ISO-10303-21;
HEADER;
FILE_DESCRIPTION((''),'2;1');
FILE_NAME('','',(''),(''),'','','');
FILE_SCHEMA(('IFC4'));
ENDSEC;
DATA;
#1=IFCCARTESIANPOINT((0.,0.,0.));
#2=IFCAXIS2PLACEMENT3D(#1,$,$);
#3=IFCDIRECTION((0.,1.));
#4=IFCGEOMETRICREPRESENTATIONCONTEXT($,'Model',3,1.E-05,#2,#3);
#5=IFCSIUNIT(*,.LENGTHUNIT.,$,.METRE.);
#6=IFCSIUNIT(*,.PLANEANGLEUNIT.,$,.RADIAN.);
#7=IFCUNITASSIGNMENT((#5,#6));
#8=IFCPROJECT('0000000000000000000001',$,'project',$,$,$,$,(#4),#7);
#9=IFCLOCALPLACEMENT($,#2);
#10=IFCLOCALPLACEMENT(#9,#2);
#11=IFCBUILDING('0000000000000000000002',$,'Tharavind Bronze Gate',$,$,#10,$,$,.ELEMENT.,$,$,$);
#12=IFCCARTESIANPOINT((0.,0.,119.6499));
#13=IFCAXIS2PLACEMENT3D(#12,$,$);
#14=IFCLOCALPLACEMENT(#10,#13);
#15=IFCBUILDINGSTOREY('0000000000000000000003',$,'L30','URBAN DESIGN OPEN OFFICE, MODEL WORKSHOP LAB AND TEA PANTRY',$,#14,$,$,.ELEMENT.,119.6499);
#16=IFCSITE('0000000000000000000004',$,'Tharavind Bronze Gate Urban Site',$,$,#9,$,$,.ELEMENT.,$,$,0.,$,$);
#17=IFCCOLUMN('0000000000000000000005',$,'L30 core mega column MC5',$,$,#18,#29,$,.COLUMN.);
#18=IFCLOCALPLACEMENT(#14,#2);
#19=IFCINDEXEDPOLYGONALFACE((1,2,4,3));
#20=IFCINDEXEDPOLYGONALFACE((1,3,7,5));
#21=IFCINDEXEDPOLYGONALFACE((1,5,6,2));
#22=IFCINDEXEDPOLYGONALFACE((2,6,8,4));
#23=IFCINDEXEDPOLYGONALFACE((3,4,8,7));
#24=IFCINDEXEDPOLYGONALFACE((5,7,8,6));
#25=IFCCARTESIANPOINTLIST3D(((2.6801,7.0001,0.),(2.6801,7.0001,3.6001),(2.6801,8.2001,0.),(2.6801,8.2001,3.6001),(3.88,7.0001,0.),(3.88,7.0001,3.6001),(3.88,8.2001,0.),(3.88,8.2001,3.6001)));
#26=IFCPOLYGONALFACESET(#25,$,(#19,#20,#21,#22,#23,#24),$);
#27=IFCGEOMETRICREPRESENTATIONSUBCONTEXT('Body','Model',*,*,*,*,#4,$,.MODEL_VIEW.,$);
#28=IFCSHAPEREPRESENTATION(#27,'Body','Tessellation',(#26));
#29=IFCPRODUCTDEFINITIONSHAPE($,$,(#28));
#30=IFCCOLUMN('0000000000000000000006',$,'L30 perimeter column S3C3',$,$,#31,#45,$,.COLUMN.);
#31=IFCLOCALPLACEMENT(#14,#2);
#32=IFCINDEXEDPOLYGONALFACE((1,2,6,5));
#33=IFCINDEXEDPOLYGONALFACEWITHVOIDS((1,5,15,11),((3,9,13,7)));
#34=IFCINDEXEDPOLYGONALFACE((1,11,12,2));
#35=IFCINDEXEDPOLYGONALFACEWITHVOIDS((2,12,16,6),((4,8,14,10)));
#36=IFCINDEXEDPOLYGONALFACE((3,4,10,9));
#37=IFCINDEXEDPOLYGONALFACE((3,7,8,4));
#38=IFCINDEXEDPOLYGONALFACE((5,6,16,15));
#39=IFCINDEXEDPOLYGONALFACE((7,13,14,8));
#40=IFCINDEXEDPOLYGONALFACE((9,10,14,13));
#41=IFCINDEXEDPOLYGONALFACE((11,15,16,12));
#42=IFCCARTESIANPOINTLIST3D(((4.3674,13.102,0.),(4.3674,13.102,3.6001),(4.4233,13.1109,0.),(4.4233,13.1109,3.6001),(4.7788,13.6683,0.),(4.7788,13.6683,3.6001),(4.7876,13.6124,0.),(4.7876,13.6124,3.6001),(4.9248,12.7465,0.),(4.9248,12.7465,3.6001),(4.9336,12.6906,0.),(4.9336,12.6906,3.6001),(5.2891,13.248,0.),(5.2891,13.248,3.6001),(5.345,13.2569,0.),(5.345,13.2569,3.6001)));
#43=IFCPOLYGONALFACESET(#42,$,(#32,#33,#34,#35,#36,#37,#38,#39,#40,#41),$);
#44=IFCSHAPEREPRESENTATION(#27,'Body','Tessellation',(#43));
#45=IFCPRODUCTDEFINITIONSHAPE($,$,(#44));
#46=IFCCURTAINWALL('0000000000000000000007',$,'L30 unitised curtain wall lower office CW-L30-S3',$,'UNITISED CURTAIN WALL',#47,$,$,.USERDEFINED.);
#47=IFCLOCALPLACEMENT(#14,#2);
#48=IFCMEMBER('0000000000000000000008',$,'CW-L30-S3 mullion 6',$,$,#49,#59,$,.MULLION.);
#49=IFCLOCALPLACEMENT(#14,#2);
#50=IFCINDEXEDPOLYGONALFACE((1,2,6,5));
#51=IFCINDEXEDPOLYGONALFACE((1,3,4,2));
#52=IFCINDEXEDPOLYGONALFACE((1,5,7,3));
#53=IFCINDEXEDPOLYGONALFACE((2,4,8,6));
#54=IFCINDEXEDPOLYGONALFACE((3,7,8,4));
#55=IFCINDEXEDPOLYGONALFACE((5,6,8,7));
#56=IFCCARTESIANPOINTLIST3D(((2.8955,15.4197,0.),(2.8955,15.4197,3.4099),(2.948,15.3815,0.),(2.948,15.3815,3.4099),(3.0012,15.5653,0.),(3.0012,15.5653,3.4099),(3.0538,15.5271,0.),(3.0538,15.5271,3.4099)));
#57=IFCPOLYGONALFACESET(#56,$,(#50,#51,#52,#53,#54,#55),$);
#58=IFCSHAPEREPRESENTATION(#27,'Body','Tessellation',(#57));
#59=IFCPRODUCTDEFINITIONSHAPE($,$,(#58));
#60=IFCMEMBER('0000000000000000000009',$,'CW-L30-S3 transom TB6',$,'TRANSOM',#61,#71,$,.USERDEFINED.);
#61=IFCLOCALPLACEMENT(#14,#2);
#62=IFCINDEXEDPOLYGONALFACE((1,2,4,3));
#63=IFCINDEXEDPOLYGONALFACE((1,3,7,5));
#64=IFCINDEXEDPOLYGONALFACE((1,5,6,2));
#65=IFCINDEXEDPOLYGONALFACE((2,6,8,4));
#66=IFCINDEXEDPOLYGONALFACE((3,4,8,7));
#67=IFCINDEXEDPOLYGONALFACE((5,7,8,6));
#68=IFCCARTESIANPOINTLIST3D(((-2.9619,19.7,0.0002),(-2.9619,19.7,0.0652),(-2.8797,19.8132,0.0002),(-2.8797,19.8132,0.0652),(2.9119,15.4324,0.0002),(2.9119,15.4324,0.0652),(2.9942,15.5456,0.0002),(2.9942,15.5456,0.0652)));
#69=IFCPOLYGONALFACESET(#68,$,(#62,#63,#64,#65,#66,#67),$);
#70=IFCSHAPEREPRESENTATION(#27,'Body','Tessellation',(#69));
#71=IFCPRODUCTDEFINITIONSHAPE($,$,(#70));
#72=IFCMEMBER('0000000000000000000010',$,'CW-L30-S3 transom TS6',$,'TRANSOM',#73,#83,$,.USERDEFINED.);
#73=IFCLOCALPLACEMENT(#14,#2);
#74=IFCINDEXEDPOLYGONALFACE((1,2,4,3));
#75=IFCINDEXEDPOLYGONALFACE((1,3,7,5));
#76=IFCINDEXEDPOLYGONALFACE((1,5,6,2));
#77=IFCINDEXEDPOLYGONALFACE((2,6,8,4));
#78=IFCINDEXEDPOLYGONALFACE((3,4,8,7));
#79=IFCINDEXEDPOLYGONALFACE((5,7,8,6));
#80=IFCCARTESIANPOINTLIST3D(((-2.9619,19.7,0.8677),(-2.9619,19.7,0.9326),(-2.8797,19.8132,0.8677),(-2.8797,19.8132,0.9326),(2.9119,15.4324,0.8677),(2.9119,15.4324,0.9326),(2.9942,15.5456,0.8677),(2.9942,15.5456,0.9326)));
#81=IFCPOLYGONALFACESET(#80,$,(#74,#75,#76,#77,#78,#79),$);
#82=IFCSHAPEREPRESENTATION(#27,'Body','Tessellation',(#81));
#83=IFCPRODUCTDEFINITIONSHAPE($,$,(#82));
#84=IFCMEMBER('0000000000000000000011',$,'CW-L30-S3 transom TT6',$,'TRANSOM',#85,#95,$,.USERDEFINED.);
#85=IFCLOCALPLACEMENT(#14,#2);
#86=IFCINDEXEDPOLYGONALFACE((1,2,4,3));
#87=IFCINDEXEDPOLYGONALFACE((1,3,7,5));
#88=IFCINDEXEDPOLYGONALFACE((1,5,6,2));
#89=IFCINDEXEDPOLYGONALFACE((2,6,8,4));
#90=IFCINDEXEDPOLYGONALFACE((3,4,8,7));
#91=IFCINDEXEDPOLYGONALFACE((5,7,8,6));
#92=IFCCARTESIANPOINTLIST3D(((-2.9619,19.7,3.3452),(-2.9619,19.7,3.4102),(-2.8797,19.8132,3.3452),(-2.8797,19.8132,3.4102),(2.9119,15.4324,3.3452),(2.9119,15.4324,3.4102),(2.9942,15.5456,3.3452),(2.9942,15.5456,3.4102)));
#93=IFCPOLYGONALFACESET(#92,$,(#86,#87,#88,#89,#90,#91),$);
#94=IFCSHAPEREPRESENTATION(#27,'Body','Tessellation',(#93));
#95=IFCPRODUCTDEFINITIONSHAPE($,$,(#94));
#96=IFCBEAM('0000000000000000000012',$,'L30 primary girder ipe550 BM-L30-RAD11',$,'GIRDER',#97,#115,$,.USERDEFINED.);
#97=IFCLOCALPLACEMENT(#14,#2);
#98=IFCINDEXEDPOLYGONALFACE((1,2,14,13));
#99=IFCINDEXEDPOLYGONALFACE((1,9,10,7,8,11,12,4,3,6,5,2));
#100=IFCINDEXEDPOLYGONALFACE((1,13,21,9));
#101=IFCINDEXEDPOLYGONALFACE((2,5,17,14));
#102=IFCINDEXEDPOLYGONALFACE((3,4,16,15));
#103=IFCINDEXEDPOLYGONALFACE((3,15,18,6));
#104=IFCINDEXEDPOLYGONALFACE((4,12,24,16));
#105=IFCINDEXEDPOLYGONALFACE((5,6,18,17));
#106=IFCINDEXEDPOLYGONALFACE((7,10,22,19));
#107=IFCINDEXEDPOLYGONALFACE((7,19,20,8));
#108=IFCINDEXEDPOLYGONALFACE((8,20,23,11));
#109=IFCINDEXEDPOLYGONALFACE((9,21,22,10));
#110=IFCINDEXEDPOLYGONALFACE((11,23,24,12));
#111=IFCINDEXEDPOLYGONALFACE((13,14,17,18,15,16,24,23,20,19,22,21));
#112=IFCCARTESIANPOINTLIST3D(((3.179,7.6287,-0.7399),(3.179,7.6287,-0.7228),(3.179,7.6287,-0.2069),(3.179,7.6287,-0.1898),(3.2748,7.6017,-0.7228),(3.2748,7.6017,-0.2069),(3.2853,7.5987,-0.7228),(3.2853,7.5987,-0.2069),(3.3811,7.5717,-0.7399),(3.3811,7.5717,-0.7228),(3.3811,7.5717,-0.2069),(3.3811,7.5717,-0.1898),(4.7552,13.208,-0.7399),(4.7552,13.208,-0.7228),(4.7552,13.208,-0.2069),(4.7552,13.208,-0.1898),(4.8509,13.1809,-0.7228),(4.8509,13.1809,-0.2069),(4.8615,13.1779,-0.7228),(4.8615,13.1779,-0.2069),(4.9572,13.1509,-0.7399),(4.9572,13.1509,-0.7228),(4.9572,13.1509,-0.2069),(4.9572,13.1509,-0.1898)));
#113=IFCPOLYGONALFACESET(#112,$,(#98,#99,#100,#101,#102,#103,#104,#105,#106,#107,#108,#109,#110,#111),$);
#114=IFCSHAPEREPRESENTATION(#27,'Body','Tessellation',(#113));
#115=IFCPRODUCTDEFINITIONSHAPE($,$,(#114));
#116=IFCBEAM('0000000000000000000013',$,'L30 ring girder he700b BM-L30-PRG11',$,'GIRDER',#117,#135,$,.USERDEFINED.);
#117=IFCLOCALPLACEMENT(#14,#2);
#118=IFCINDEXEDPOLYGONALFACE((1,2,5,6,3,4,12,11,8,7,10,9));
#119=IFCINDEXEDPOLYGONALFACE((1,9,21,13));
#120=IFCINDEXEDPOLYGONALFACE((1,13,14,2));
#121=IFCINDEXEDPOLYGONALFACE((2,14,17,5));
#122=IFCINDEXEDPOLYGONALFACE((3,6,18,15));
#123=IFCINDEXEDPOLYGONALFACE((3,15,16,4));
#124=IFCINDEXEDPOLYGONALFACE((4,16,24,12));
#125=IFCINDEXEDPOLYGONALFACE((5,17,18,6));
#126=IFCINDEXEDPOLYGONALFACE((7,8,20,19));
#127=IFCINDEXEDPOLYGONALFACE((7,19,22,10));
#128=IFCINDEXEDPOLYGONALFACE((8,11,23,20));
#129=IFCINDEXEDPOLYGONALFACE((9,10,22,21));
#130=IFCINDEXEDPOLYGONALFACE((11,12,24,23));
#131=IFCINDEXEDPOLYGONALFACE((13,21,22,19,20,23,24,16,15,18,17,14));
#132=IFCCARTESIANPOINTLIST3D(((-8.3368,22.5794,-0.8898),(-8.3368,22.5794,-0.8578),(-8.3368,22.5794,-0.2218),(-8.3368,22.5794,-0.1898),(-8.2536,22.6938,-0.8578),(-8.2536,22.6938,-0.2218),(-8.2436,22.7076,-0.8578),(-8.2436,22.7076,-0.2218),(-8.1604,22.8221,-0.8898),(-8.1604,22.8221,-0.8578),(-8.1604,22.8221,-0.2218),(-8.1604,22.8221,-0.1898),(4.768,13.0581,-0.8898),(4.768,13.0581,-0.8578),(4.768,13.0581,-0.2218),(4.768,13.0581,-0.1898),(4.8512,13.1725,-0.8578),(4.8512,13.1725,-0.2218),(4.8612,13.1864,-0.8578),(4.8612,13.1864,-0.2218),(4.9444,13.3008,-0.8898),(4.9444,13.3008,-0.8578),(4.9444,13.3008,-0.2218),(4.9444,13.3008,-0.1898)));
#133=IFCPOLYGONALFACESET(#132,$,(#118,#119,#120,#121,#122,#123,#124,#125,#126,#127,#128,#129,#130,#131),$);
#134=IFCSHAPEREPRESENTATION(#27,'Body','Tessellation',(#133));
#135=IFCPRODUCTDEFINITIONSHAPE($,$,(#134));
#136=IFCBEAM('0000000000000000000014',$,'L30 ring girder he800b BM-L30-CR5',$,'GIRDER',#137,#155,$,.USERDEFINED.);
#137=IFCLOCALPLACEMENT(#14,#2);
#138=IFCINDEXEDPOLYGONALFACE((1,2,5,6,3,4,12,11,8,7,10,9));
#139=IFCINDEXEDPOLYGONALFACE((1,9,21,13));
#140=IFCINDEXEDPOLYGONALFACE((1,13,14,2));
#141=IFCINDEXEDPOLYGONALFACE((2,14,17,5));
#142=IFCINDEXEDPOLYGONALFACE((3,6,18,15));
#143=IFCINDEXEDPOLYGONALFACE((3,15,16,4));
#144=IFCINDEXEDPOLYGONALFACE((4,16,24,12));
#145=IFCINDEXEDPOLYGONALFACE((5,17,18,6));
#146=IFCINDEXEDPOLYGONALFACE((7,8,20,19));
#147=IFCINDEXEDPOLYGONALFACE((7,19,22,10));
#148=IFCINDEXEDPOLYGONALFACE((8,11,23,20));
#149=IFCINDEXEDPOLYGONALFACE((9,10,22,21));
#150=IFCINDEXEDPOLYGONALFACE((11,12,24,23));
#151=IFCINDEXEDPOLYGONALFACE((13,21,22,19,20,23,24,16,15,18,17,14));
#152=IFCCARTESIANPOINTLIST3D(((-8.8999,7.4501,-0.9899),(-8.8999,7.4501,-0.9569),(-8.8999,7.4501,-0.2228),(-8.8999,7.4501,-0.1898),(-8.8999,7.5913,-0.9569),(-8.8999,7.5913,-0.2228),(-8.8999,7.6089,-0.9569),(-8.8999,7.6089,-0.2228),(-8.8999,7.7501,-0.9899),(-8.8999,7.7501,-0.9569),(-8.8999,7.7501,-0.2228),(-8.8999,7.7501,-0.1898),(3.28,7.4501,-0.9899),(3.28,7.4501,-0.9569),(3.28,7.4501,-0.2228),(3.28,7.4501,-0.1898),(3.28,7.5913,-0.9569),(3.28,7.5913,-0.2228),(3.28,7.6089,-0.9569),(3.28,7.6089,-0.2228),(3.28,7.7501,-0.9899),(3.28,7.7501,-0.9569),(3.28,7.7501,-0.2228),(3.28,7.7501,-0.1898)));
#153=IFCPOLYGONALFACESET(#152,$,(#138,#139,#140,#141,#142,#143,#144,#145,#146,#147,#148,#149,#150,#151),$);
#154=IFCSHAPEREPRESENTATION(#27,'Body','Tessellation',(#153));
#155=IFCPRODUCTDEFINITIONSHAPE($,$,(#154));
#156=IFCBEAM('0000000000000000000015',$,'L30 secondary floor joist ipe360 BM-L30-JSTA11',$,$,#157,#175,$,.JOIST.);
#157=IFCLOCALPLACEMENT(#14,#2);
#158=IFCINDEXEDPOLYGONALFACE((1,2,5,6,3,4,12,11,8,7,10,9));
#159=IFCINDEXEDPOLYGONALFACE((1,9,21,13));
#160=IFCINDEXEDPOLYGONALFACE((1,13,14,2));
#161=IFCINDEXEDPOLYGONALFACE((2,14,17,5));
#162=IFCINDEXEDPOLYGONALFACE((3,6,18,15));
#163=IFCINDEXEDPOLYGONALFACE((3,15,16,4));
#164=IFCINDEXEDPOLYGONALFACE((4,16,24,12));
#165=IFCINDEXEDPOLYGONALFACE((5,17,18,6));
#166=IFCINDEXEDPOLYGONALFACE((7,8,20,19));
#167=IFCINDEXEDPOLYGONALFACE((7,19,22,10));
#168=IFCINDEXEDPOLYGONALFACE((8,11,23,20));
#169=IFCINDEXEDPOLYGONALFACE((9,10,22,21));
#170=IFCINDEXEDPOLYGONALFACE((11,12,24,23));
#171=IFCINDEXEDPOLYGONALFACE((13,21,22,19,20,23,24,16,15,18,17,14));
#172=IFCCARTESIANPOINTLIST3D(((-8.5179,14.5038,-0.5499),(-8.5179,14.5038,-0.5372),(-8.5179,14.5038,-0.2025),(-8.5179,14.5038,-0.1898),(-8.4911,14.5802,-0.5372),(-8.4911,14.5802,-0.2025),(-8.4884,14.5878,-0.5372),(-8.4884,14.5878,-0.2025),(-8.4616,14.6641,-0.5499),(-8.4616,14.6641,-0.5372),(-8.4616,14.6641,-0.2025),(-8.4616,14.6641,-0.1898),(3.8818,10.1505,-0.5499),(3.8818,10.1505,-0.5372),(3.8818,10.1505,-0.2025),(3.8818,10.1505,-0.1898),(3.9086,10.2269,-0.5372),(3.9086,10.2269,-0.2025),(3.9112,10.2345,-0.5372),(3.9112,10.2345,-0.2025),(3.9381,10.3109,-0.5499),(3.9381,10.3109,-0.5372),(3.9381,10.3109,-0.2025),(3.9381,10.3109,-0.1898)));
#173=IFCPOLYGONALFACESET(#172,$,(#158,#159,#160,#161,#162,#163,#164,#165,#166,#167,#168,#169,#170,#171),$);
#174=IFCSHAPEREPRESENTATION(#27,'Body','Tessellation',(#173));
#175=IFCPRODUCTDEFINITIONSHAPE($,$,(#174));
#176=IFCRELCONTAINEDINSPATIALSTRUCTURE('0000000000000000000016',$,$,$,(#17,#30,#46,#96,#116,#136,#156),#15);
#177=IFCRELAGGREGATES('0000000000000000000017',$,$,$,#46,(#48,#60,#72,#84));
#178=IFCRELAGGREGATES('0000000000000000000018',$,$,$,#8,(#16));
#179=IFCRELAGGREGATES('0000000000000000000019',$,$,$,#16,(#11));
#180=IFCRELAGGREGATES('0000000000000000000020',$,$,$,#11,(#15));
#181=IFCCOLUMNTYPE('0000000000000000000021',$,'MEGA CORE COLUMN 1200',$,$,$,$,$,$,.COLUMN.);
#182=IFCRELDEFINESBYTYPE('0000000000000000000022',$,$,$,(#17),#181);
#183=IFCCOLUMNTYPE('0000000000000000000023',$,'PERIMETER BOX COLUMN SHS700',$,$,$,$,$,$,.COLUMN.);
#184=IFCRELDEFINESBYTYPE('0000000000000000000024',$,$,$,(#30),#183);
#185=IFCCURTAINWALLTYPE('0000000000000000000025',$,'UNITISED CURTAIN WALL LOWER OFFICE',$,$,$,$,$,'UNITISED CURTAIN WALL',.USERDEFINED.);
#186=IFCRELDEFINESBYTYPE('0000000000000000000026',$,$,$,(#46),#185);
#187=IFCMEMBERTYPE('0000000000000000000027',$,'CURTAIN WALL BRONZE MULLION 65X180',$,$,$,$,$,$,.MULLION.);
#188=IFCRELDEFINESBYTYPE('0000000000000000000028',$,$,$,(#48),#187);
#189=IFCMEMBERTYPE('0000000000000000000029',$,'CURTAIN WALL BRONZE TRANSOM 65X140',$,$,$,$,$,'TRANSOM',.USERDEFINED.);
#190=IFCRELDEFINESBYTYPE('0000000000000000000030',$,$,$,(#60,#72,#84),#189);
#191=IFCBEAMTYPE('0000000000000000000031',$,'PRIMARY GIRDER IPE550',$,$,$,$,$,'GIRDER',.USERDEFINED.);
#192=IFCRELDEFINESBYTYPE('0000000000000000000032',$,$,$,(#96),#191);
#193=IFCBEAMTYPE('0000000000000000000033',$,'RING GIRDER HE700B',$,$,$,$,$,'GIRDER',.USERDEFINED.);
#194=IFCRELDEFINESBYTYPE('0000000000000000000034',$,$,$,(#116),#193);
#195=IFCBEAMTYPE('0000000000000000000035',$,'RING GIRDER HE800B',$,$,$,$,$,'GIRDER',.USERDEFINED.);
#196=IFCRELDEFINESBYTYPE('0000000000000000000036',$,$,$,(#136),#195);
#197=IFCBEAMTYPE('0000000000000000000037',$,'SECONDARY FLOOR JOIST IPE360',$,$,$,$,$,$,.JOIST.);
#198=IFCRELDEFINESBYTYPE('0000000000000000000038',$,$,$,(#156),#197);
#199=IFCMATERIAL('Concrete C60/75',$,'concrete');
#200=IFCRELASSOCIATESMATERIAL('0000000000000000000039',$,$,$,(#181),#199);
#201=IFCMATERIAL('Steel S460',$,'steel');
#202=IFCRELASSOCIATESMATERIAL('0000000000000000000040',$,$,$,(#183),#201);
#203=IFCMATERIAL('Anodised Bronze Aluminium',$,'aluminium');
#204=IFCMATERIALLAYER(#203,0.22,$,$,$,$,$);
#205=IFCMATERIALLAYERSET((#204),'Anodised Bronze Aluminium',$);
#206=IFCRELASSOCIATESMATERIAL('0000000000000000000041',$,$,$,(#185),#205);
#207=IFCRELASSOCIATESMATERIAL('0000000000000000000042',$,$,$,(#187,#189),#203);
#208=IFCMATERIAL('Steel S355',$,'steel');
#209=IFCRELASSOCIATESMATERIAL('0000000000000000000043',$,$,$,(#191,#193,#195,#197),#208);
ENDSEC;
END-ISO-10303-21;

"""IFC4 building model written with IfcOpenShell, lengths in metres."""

from ifc_helpers import new_model, si_unit, direction, frame, origin, origin_2d, place, context, subcontext, project, spatial, rectangle, hollow_rectangle, i_section, extrude, material, layer, layer_set, material_profile, profile_set, type_object, element, aggregate, save


model = new_model("IFC4")

# Units and contexts
model_context = context("Model", 3, precision=1e-05, world=origin(), true_north=direction((0.0, 1.0)))
body_context = subcontext(model_context, "Body", "Model", "MODEL_VIEW")
ifc_project = project(units=[si_unit("LENGTHUNIT", "METRE"), si_unit("PLANEANGLEUNIT", "RADIAN")], contexts=[model_context])

# Site, building, storey
site_placement = place(None, origin())
site = spatial("IfcSite", under=ifc_project, at=site_placement, Name="Tharavind Bronze Gate Urban Site", CompositionType="ELEMENT", RefElevation=0.0)
building_placement = place(site_placement, origin())
building = spatial("IfcBuilding", under=site, at=building_placement, Name="Tharavind Bronze Gate", CompositionType="ELEMENT")
storey_placement = place(building_placement, frame((0.0, 0.0, 119.6499)))
storey = spatial("IfcBuildingStorey", under=building, at=storey_placement, Name="L30", Description="URBAN DESIGN OPEN OFFICE, MODEL WORKSHOP LAB AND TEA PANTRY", CompositionType="ELEMENT", Elevation=119.6499)

# Columns
ifc_material_1 = material(Name="Concrete C60/75", Category="concrete")
ifc_material_profile_1 = material_profile(ifc_material_1, rectangle(XDim=1.2, YDim=1.2, at=origin_2d()), Name="RCCOL1200")
ifc_profile_set_1 = profile_set([ifc_material_profile_1], Name="Concrete C60/75")
column_type_1 = type_object("IfcColumnType", Name="MEGA CORE COLUMN 1200", PredefinedType="COLUMN", material=ifc_profile_set_1)
column_1_placement = place(storey_placement, frame((3.28, 7.6001, 0.0), z_axis=(0.0, 0.0, 1.0), x_axis=(1.0, 0.0, 0.0)))
element("IfcColumn", 1, at=column_1_placement, inside=storey, type_object=column_type_1, Name="L30 core mega column MC5", PredefinedType="COLUMN", context=body_context, shape_type="SweptSolid", body=[
    extrude(rectangle(XDim=1.2, YDim=1.2, at=origin_2d()), origin(), (0.0, 0.0, 1.0), 3.6001),
])
ifc_material_2 = material(Name="Steel S460", Category="steel")
ifc_material_profile_2 = material_profile(ifc_material_2, hollow_rectangle(XDim=0.7, YDim=0.7, WallThickness=0.04, at=origin_2d()), Name="SHS700X40")
ifc_profile_set_2 = profile_set([ifc_material_profile_2], Name="Steel S460")
column_type_2 = type_object("IfcColumnType", Name="PERIMETER BOX COLUMN SHS700", PredefinedType="COLUMN", material=ifc_profile_set_2)
column_2_placement = place(storey_placement, frame((4.8562, 13.1794, 0.0), z_axis=(0.0, 0.0, 1.0), x_axis=(-0.809017, 0.587785, 0.0)))
element("IfcColumn", 2, at=column_2_placement, inside=storey, type_object=column_type_2, Name="L30 perimeter column S3C3", PredefinedType="COLUMN", context=body_context, shape_type="SweptSolid", body=[
    extrude(hollow_rectangle(XDim=0.7, YDim=0.7, WallThickness=0.04, at=origin_2d()), origin(), (0.0, 0.0, 1.0), 3.6001),
])

# Curtain wall, members
ifc_material_3 = material(Name="Anodised Bronze Aluminium", Category="aluminium")
ifc_layer_1 = layer(ifc_material_3, 0.22)
ifc_layer_set_1 = layer_set([ifc_layer_1], Name="Anodised Bronze Aluminium")
curtain_wall_type = type_object("IfcCurtainWallType", Name="UNITISED CURTAIN WALL LOWER OFFICE", ElementType="UNITISED CURTAIN WALL", PredefinedType="USERDEFINED", material=ifc_layer_set_1)
curtain_wall_placement = place(storey_placement, origin())
curtain_wall = element("IfcCurtainWall", 3, at=curtain_wall_placement, inside=storey, type_object=curtain_wall_type, Name="L30 unitised curtain wall lower office CW-L30-S3", ObjectType="UNITISED CURTAIN WALL", PredefinedType="USERDEFINED")
member_type_1 = type_object("IfcMemberType", Name="CURTAIN WALL BRONZE MULLION 65X180", PredefinedType="MULLION", material=ifc_material_3)
member_1_placement = place(storey_placement, frame((2.9746, 15.4734, 0.0), z_axis=(0.0, 0.0, 1.0), x_axis=(-0.809017, 0.587785, 0.0)))
member_1 = element("IfcMember", 4, at=member_1_placement, type_object=member_type_1, Name="CW-L30-S3 mullion 6", PredefinedType="MULLION", context=body_context, shape_type="SweptSolid", body=[
    extrude(rectangle(XDim=0.0649, YDim=0.1799, at=origin_2d()), origin(), (0.0, 0.0, 1.0), 3.4099),
])
member_type_2 = type_object("IfcMemberType", Name="CURTAIN WALL BRONZE TRANSOM 65X140", ElementType="TRANSOM", PredefinedType="USERDEFINED", material=ifc_material_3)
member_2_placement = place(storey_placement, frame((0.0161, 17.6228, 0.0002), z_axis=(0.0, 0.0, 1.0), x_axis=(-0.809017, 0.587785, 0.0)))
member_2 = element("IfcMember", 5, at=member_2_placement, type_object=member_type_2, Name="CW-L30-S3 transom TB6", ObjectType="TRANSOM", PredefinedType="USERDEFINED", context=body_context, shape_type="SweptSolid", body=[
    extrude(rectangle(XDim=7.2605, YDim=0.1399, at=origin_2d()), origin(), (0.0, 0.0, 1.0), 0.0649),
])
member_3_placement = place(storey_placement, frame((0.0161, 17.6228, 0.8677), z_axis=(0.0, 0.0, 1.0), x_axis=(-0.809017, 0.587785, 0.0)))
member_3 = element("IfcMember", 6, at=member_3_placement, type_object=member_type_2, Name="CW-L30-S3 transom TS6", ObjectType="TRANSOM", PredefinedType="USERDEFINED", context=body_context, shape_type="SweptSolid", body=[
    extrude(rectangle(XDim=7.2605, YDim=0.1399, at=origin_2d()), origin(), (0.0, 0.0, 1.0), 0.0649),
])
member_4_placement = place(storey_placement, frame((0.0161, 17.6228, 3.3452), z_axis=(0.0, 0.0, 1.0), x_axis=(-0.809017, 0.587785, 0.0)))
member_4 = element("IfcMember", 7, at=member_4_placement, type_object=member_type_2, Name="CW-L30-S3 transom TT6", ObjectType="TRANSOM", PredefinedType="USERDEFINED", context=body_context, shape_type="SweptSolid", body=[
    extrude(rectangle(XDim=7.2605, YDim=0.1399, at=origin_2d()), origin(), (0.0, 0.0, 1.0), 0.0649),
])

# Beams
ifc_material_4 = material(Name="Steel S355", Category="steel")
ifc_material_profile_3 = material_profile(ifc_material_4, i_section(OverallWidth=0.21, OverallDepth=0.55, WebThickness=0.011, FlangeThickness=0.0171, at=origin_2d()), Name="IPE550")
ifc_profile_set_3 = profile_set([ifc_material_profile_3], Name="Steel S355")
beam_type_1 = type_object("IfcBeamType", Name="PRIMARY GIRDER IPE550", ElementType="GIRDER", PredefinedType="USERDEFINED", material=ifc_profile_set_3)
beam_1_placement = place(storey_placement, frame((4.8562, 13.1794, -0.4648), z_axis=(-0.271861, -0.962336, 0.0), x_axis=(0.962336, -0.271861, 0.0)))
element("IfcBeam", 8, at=beam_1_placement, inside=storey, type_object=beam_type_1, Name="L30 primary girder ipe550 BM-L30-RAD11", ObjectType="GIRDER", PredefinedType="USERDEFINED", context=body_context, shape_type="SweptSolid", body=[
    extrude(i_section(OverallWidth=0.21, OverallDepth=0.55, WebThickness=0.011, FlangeThickness=0.0171, at=origin_2d()), origin(), (0.0, 0.0, 1.0), 5.7976),
])
ifc_material_profile_4 = material_profile(ifc_material_4, i_section(OverallWidth=0.3, OverallDepth=0.7, WebThickness=0.0171, FlangeThickness=0.032, at=origin_2d()), Name="HE700B")
ifc_profile_set_4 = profile_set([ifc_material_profile_4], Name="Steel S355")
beam_type_2 = type_object("IfcBeamType", Name="RING GIRDER HE700B", ElementType="GIRDER", PredefinedType="USERDEFINED", material=ifc_profile_set_4)
beam_2_placement = place(storey_placement, frame((4.8562, 13.1794, -0.5398), z_axis=(-0.809014, 0.587789, 0.0), x_axis=(-0.587789, -0.809014, 0.0)))
element("IfcBeam", 9, at=beam_2_placement, inside=storey, type_object=beam_type_2, Name="L30 ring girder he700b BM-L30-PRG11", ObjectType="GIRDER", PredefinedType="USERDEFINED", context=body_context, shape_type="SweptSolid", body=[
    extrude(i_section(OverallWidth=0.3, OverallDepth=0.7, WebThickness=0.0171, FlangeThickness=0.032, at=origin_2d()), origin(), (0.0, 0.0, 1.0), 16.1985),
])
ifc_material_profile_5 = material_profile(ifc_material_4, i_section(OverallWidth=0.3, OverallDepth=0.8, WebThickness=0.0176, FlangeThickness=0.033, at=origin_2d()), Name="HE800B")
ifc_profile_set_5 = profile_set([ifc_material_profile_5], Name="Steel S355")
beam_type_3 = type_object("IfcBeamType", Name="RING GIRDER HE800B", ElementType="GIRDER", PredefinedType="USERDEFINED", material=ifc_profile_set_5)
beam_3_placement = place(storey_placement, frame((3.28, 7.6001, -0.5898), z_axis=(-1.0, 0.0, 0.0), x_axis=(0.0, -1.0, 0.0)))
element("IfcBeam", 10, at=beam_3_placement, inside=storey, type_object=beam_type_3, Name="L30 ring girder he800b BM-L30-CR5", ObjectType="GIRDER", PredefinedType="USERDEFINED", context=body_context, shape_type="SweptSolid", body=[
    extrude(i_section(OverallWidth=0.3, OverallDepth=0.8, WebThickness=0.0176, FlangeThickness=0.033, at=origin_2d()), origin(), (0.0, 0.0, 1.0), 12.1799),
])
ifc_material_profile_6 = material_profile(ifc_material_4, i_section(OverallWidth=0.1699, OverallDepth=0.3601, WebThickness=0.0081, FlangeThickness=0.0127, at=origin_2d()), Name="IPE360")
ifc_profile_set_6 = profile_set([ifc_material_profile_6], Name="Steel S355")
beam_type_4 = type_object("IfcBeamType", Name="SECONDARY FLOOR JOIST IPE360", PredefinedType="JOIST", material=ifc_profile_set_6)
beam_4_placement = place(storey_placement, frame((3.9099, 10.2307, -0.3699), z_axis=(-0.94354, 0.331258, 0.0), x_axis=(-0.331258, -0.94354, 0.0)))
element("IfcBeam", 11, at=beam_4_placement, inside=storey, type_object=beam_type_4, Name="L30 secondary floor joist ipe360 BM-L30-JSTA11", PredefinedType="JOIST", context=body_context, shape_type="SweptSolid", body=[
    extrude(i_section(OverallWidth=0.1699, OverallDepth=0.3601, WebThickness=0.0081, FlangeThickness=0.0127, at=origin_2d()), origin(), (0.0, 0.0, 1.0), 13.1416),
])

aggregate(curtain_wall, [member_1, member_2, member_3, member_4])

save(model, "model.ifc")
